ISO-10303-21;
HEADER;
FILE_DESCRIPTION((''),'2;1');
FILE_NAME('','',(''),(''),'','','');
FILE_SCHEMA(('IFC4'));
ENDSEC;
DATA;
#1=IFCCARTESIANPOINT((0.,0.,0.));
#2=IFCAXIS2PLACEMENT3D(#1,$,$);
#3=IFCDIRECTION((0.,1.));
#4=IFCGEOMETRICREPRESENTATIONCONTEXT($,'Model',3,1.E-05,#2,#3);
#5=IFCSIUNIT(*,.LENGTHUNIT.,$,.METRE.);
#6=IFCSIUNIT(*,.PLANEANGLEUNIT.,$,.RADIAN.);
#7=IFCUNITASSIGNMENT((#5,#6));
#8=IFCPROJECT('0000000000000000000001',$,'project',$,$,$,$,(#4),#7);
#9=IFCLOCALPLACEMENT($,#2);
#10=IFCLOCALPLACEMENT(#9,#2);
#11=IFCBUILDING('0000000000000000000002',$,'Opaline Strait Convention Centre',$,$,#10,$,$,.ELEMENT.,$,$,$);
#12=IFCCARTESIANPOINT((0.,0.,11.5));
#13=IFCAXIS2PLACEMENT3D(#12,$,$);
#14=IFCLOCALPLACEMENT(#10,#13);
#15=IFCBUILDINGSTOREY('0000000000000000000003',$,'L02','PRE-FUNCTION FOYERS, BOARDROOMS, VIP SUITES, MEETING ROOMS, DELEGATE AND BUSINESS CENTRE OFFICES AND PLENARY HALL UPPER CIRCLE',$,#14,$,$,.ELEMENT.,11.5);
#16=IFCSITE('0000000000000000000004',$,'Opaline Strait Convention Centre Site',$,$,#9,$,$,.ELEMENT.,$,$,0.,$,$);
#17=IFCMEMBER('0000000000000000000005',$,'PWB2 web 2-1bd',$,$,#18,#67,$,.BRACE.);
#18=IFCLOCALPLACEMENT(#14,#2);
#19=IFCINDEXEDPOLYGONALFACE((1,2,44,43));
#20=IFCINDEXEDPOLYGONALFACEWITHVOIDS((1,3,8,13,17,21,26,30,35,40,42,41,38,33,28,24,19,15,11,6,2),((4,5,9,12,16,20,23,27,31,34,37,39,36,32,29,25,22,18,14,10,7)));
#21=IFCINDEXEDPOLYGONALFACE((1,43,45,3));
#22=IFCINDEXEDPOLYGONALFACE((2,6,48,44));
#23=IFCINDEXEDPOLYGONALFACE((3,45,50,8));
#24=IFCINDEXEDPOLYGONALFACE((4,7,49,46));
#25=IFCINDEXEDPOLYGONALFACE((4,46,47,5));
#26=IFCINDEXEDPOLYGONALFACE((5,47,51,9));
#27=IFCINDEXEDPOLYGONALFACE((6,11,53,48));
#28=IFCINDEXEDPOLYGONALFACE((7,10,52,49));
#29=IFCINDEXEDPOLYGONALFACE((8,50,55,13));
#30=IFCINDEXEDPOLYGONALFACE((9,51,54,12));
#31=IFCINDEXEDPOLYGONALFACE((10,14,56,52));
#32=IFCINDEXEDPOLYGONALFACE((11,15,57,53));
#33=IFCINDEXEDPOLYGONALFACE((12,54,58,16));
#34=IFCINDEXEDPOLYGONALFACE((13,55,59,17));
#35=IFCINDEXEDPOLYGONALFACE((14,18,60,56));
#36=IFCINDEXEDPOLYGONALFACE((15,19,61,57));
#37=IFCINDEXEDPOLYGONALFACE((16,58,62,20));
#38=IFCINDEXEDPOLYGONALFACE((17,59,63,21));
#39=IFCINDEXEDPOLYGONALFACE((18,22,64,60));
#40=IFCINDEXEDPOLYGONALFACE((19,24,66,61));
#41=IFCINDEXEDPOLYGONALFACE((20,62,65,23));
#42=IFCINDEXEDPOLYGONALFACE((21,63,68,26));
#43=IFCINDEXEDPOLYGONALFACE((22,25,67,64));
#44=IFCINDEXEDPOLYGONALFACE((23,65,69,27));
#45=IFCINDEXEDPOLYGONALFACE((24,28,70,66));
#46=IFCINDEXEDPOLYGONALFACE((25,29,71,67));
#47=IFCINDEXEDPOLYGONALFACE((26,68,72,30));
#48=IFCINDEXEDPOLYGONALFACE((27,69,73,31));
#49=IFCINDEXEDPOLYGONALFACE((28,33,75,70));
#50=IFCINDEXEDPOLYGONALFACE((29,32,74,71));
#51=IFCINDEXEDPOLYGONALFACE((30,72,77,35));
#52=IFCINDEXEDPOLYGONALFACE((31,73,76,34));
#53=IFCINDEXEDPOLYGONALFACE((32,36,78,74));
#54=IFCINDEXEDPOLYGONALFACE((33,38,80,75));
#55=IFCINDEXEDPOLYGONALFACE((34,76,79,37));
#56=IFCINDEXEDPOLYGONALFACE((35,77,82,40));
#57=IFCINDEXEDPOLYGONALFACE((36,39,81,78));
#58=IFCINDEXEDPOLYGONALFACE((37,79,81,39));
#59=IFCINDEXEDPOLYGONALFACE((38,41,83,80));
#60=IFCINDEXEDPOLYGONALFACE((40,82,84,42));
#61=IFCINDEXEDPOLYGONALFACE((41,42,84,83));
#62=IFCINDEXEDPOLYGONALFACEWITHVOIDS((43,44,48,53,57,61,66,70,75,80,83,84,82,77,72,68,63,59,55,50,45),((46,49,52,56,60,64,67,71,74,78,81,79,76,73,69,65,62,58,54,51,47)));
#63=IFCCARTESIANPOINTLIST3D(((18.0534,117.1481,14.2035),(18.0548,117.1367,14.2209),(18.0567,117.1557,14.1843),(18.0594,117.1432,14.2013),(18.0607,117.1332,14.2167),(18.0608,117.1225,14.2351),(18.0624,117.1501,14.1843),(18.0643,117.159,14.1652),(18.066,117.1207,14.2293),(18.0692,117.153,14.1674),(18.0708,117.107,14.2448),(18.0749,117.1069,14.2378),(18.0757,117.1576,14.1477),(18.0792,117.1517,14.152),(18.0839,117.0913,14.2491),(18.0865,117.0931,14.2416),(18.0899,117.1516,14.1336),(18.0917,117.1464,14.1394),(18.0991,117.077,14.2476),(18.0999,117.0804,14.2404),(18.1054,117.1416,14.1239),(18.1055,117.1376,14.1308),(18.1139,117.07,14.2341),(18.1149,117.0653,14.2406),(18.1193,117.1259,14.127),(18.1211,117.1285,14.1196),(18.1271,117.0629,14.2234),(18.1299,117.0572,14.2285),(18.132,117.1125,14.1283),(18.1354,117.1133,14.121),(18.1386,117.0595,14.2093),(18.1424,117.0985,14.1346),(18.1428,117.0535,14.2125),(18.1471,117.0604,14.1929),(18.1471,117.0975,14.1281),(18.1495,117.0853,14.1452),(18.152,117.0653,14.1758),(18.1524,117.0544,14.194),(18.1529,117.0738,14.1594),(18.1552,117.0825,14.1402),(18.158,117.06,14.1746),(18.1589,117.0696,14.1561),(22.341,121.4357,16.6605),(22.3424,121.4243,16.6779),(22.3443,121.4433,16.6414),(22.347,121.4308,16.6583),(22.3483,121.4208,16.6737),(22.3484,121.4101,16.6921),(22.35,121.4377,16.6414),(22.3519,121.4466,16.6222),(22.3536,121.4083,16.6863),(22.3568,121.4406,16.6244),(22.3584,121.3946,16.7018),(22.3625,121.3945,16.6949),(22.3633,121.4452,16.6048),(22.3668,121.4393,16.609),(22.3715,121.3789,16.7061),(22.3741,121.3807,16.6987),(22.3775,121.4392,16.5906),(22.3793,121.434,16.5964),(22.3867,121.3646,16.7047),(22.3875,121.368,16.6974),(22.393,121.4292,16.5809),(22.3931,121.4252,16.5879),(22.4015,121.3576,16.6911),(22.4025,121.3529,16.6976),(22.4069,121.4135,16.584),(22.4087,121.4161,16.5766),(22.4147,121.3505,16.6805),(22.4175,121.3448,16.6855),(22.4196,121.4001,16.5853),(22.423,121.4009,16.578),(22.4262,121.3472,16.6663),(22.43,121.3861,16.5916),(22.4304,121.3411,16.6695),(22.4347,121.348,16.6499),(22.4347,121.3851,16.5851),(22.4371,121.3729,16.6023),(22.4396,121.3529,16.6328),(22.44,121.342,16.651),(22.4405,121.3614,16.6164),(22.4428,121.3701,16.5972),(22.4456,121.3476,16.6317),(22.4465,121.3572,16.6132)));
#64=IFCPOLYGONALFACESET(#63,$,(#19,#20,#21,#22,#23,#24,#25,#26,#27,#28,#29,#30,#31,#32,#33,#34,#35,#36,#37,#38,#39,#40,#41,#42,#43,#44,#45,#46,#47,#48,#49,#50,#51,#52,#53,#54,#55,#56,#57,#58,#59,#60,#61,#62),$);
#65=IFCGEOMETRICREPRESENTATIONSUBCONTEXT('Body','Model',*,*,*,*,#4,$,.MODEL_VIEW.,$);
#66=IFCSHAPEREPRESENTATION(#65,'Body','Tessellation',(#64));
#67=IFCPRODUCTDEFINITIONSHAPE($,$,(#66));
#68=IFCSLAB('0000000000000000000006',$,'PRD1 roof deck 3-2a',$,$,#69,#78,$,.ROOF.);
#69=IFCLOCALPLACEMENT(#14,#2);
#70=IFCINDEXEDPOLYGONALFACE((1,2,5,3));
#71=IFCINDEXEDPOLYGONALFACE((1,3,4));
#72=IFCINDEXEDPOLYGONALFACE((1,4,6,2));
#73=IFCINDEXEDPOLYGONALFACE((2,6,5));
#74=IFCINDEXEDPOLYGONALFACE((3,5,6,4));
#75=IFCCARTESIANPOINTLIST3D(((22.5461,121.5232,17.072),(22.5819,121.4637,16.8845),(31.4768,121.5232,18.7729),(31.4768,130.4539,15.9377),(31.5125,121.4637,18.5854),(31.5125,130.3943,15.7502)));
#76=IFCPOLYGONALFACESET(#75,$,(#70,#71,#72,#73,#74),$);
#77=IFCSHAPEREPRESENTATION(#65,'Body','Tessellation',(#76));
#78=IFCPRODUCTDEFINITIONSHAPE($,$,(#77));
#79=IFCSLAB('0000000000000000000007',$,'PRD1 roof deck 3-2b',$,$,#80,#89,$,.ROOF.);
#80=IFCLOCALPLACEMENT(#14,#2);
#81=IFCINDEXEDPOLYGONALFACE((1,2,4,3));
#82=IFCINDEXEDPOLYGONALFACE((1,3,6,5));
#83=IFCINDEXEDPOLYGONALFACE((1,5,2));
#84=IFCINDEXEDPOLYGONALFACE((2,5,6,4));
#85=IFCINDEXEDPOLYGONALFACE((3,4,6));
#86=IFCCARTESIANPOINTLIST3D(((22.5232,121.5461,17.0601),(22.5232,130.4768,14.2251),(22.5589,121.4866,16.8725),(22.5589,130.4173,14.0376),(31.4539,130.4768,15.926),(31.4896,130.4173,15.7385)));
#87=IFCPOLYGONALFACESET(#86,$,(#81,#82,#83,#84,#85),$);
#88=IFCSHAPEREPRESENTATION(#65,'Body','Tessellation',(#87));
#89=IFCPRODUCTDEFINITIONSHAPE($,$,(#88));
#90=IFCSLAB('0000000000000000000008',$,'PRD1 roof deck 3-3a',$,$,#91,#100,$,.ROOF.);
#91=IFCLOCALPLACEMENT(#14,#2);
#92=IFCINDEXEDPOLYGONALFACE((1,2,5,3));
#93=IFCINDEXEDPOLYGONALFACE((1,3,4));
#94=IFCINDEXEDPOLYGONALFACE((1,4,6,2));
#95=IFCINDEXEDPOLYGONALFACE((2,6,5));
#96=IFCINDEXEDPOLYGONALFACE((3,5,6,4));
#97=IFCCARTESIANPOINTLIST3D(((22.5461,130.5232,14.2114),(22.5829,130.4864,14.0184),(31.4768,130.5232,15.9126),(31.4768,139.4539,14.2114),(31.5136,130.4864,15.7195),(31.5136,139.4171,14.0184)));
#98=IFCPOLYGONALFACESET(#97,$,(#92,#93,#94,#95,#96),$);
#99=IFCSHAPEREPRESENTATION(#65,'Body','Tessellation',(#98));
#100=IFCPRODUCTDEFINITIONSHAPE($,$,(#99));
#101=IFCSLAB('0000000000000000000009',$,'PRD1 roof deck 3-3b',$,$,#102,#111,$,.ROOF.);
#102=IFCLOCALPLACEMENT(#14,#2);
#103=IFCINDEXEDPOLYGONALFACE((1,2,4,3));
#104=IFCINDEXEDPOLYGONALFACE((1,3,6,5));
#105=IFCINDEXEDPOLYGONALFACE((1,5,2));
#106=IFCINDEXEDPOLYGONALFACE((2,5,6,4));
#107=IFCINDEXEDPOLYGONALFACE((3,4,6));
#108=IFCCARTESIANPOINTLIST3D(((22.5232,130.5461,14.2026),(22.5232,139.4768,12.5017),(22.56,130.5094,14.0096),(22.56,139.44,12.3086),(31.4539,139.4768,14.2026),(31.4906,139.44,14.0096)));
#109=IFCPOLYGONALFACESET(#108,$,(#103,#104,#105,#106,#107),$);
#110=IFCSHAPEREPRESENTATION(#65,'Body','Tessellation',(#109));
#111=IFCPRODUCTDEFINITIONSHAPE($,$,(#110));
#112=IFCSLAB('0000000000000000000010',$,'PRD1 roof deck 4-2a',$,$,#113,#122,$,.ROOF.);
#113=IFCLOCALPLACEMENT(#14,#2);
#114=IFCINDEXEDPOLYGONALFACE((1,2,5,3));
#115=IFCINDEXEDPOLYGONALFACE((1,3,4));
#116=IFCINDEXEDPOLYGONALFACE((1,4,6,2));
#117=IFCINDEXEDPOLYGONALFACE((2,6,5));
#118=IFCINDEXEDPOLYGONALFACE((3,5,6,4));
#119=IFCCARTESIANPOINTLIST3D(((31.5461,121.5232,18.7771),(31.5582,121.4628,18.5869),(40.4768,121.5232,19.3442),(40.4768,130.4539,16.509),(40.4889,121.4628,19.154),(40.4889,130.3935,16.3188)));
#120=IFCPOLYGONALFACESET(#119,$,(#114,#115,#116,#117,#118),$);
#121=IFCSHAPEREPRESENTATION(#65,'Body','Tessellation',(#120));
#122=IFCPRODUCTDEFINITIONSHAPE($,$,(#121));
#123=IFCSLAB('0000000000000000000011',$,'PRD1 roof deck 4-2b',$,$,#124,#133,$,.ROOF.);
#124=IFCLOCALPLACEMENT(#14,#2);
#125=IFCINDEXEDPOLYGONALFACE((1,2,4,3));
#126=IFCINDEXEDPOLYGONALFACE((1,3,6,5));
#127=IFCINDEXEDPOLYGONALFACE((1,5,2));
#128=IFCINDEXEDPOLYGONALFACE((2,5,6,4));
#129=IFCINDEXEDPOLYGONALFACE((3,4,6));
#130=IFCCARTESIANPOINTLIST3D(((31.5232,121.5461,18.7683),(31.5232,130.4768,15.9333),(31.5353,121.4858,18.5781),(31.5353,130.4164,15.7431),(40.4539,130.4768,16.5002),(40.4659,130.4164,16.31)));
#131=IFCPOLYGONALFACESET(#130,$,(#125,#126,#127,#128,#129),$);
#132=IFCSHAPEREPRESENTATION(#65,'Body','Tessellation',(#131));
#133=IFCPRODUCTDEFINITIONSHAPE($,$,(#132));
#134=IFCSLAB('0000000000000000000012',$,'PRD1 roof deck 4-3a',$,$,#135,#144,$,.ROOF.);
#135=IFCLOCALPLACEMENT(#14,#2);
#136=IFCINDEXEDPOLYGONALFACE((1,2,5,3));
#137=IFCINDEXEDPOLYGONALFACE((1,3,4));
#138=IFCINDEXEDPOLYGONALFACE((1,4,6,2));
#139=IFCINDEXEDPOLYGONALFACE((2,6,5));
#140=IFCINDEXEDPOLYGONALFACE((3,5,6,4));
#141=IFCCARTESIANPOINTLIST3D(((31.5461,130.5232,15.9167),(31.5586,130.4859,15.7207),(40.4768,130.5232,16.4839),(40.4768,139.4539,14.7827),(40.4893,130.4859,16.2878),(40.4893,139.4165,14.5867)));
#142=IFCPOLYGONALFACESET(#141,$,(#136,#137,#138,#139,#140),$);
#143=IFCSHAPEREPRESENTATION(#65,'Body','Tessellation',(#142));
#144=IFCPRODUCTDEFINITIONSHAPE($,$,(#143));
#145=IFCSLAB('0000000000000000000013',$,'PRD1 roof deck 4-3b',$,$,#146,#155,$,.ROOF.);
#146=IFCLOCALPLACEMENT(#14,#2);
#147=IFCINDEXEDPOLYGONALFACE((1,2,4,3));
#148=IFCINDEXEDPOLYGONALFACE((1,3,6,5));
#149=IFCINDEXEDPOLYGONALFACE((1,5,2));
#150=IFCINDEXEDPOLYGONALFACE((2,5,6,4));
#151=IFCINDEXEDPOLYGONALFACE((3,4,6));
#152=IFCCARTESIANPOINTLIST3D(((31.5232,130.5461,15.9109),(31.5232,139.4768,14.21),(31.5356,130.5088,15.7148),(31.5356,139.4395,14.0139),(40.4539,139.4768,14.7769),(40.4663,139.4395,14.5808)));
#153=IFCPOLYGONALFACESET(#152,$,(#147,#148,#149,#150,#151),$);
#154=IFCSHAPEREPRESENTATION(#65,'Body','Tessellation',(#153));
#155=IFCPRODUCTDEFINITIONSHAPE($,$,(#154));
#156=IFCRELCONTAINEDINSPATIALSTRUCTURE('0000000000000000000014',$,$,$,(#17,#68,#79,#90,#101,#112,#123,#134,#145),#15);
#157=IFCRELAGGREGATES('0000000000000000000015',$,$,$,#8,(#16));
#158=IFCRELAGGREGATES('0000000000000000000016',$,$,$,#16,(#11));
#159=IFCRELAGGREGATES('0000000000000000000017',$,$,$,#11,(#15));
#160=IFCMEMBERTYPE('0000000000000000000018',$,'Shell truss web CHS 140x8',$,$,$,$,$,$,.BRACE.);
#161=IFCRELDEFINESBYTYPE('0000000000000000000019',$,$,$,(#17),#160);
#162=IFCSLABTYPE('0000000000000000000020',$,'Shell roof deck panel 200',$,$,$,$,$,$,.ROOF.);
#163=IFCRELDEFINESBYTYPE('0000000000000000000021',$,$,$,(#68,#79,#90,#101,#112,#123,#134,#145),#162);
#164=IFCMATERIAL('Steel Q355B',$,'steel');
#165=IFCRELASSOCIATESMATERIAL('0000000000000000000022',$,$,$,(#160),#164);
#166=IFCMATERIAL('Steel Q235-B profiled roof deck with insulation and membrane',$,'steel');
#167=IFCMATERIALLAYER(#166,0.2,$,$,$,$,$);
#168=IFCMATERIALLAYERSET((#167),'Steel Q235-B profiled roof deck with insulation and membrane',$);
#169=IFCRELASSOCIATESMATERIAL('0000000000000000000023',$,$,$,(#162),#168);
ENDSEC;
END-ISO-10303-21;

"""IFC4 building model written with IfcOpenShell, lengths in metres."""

from ifc_helpers import new_model, si_unit, direction, frame, origin, origin_2d, place, context, subcontext, project, spatial, polyline, hollow_circle, outline, extrude, material, layer, layer_set, material_profile, profile_set, type_object, element, save


model = new_model("IFC4")

# Units and contexts
model_context = context("Model", 3, precision=1e-05, world=origin(), true_north=direction((0.0, 1.0)))
body_context = subcontext(model_context, "Body", "Model", "MODEL_VIEW")
ifc_project = project(units=[si_unit("LENGTHUNIT", "METRE"), si_unit("PLANEANGLEUNIT", "RADIAN")], contexts=[model_context])

# Site, building, storey
site_placement = place(None, origin())
site = spatial("IfcSite", under=ifc_project, at=site_placement, Name="Opaline Strait Convention Centre Site", CompositionType="ELEMENT", RefElevation=0.0)
building_placement = place(site_placement, origin())
building = spatial("IfcBuilding", under=site, at=building_placement, Name="Opaline Strait Convention Centre", CompositionType="ELEMENT")
storey_placement = place(building_placement, frame((0.0, 0.0, 11.5)))
storey = spatial("IfcBuildingStorey", under=building, at=storey_placement, Name="L02", Description="PRE-FUNCTION FOYERS, BOARDROOMS, VIP SUITES, MEETING ROOMS, DELEGATE AND BUSINESS CENTRE OFFICES AND PLENARY HALL UPPER CIRCLE", CompositionType="ELEMENT", Elevation=11.5)

# Member
ifc_material_1 = material(Name="Steel Q355B", Category="steel")
ifc_material_profile_1 = material_profile(ifc_material_1, hollow_circle(Radius=0.0701, WallThickness=0.0081, at=origin_2d()), Name="CHS 140x8")
ifc_profile_set_1 = profile_set([ifc_material_profile_1], Name="Steel Q355B")
member_type_1 = type_object("IfcMemberType", Name="Shell truss web CHS 140x8", PredefinedType="BRACE", material=ifc_profile_set_1)
member_1_placement = place(storey_placement, frame((18.1062, 117.1062, 14.1843), z_axis=(0.655348, 0.655348, 0.375551), x_axis=(-0.707107, 0.707107, 0.0)))
element("IfcMember", 1, at=member_1_placement, inside=storey, type_object=member_type_1, Name="PWB2 web 2-1bd", PredefinedType="BRACE", context=body_context, shape_type="SweptSolid", body=[
    extrude(hollow_circle(Radius=0.0701, WallThickness=0.0081, at=origin_2d()), origin(), (0.0, 0.0, 1.0), 6.5425),
])

# Slabs
ifc_material_2 = material(Name="Steel Q235-B profiled roof deck with insulation and membrane", Category="steel")
ifc_layer = layer(ifc_material_2, 0.2)
ifc_layer_set = layer_set([ifc_layer], Name="Steel Q235-B profiled roof deck with insulation and membrane")
slab_type = type_object("IfcSlabType", Name="Shell roof deck panel 200", PredefinedType="ROOF", material=ifc_layer_set)
slab_1_placement = place(storey_placement, frame((22.5461, 121.5232, 17.072), z_axis=(-0.178612, 0.297721, 0.937795), x_axis=(0.982342, 0.0, 0.187096)))
element("IfcSlab", 2, at=slab_1_placement, inside=storey, type_object=slab_type, Name="PRD1 roof deck 3-2a", PredefinedType="ROOF", context=body_context, shape_type="SweptSolid", body=[
    extrude(outline(polyline([(0.0, 0.0), (9.0912, 0.0), (8.5607, 9.3549), (0.0, 0.0)])), origin(), (0.0, 0.0, -1.0), 0.2),
])
slab_2_placement = place(storey_placement, frame((22.5232, 121.5461, 17.0601), z_axis=(-0.178613, 0.297697, 0.937803), x_axis=(0.704273, 0.704273, -0.08943)))
element("IfcSlab", 3, at=slab_2_placement, inside=storey, type_object=slab_type, Name="PRD1 roof deck 3-2b", PredefinedType="ROOF", context=body_context, shape_type="SweptSolid", body=[
    extrude(outline(polyline([(0.0, 0.0), (12.6807, 0.0), (6.5432, 6.7068), (0.0, 0.0)])), origin(), (0.0, 0.0, -1.0), 0.2),
])
slab_3_placement = place(storey_placement, frame((22.5461, 130.5232, 14.2114), z_axis=(-0.18393, 0.18393, 0.965577), x_axis=(0.982337, 0.0, 0.187122)))
element("IfcSlab", 4, at=slab_3_placement, inside=storey, type_object=slab_type, Name="PRD1 roof deck 3-3a", PredefinedType="ROOF", context=body_context, shape_type="SweptSolid", body=[
    extrude(outline(polyline([(0.0, 0.0), (9.0912, 0.0), (8.7729, 9.0857), (0.0, 0.0)])), origin(), (0.0, 0.0, -1.0), 0.2),
])
slab_4_placement = place(storey_placement, frame((22.5232, 130.5461, 14.2026), z_axis=(-0.183905, 0.183905, 0.965587), x_axis=(0.707107, 0.707107, 0.0)))
element("IfcSlab", 5, at=slab_4_placement, inside=storey, type_object=slab_type, Name="PRD1 roof deck 3-3b", PredefinedType="ROOF", context=body_context, shape_type="SweptSolid", body=[
    extrude(outline(polyline([(0.0, 0.0), (12.6299, 0.0), (6.3149, 6.54), (0.0, 0.0)])), origin(), (0.0, 0.0, -1.0), 0.2),
])
slab_5_placement = place(storey_placement, frame((31.5461, 121.5232, 18.7771), z_axis=(-0.060417, 0.302034, 0.951381), x_axis=(0.99799, 0.0, 0.063377)))
element("IfcSlab", 6, at=slab_5_placement, inside=storey, type_object=slab_type, Name="PRD1 roof deck 4-2a", PredefinedType="ROOF", context=body_context, shape_type="SweptSolid", body=[
    extrude(outline(polyline([(0.0, 0.0), (8.9487, 0.0), (8.769, 9.3682), (0.0, 0.0)])), origin(), (0.0, 0.0, -1.0), 0.2),
])
slab_6_placement = place(storey_placement, frame((31.5232, 121.5461, 18.7683), z_axis=(-0.060392, 0.30201, 0.95139), x_axis=(0.695974, 0.695974, -0.176752)))
element("IfcSlab", 7, at=slab_6_placement, inside=storey, type_object=slab_type, Name="PRD1 roof deck 4-2b", PredefinedType="ROOF", context=body_context, shape_type="SweptSolid", body=[
    extrude(outline(polyline([(0.0, 0.0), (12.8319, 0.0), (6.7166, 6.5331), (0.0, 0.0)])), origin(), (0.0, 0.0, -1.0), 0.2),
])
slab_7_placement = place(storey_placement, frame((31.5461, 130.5232, 15.9167), z_axis=(-0.062262, 0.186759, 0.980431), x_axis=(0.99799, 0.0, 0.063377)))
element("IfcSlab", 8, at=slab_7_placement, inside=storey, type_object=slab_type, Name="PRD1 roof deck 4-3a", PredefinedType="ROOF", context=body_context, shape_type="SweptSolid", body=[
    extrude(outline(polyline([(0.0, 0.0), (8.9487, 0.0), (8.8408, 9.0906), (0.0, 0.0)])), origin(), (0.0, 0.0, -1.0), 0.2),
])
slab_8_placement = place(storey_placement, frame((31.5232, 130.5461, 15.9109), z_axis=(-0.062236, 0.186733, 0.980437), x_axis=(0.704273, 0.704273, -0.08943)))
element("IfcSlab", 9, at=slab_8_placement, inside=storey, type_object=slab_type, Name="PRD1 roof deck 4-3b", PredefinedType="ROOF", context=body_context, shape_type="SweptSolid", body=[
    extrude(outline(polyline([(0.0, 0.0), (12.6807, 0.0), (6.4417, 6.4151), (0.0, 0.0)])), origin(), (0.0, 0.0, -1.0), 0.2),
])

save(model, "model.ifc")
